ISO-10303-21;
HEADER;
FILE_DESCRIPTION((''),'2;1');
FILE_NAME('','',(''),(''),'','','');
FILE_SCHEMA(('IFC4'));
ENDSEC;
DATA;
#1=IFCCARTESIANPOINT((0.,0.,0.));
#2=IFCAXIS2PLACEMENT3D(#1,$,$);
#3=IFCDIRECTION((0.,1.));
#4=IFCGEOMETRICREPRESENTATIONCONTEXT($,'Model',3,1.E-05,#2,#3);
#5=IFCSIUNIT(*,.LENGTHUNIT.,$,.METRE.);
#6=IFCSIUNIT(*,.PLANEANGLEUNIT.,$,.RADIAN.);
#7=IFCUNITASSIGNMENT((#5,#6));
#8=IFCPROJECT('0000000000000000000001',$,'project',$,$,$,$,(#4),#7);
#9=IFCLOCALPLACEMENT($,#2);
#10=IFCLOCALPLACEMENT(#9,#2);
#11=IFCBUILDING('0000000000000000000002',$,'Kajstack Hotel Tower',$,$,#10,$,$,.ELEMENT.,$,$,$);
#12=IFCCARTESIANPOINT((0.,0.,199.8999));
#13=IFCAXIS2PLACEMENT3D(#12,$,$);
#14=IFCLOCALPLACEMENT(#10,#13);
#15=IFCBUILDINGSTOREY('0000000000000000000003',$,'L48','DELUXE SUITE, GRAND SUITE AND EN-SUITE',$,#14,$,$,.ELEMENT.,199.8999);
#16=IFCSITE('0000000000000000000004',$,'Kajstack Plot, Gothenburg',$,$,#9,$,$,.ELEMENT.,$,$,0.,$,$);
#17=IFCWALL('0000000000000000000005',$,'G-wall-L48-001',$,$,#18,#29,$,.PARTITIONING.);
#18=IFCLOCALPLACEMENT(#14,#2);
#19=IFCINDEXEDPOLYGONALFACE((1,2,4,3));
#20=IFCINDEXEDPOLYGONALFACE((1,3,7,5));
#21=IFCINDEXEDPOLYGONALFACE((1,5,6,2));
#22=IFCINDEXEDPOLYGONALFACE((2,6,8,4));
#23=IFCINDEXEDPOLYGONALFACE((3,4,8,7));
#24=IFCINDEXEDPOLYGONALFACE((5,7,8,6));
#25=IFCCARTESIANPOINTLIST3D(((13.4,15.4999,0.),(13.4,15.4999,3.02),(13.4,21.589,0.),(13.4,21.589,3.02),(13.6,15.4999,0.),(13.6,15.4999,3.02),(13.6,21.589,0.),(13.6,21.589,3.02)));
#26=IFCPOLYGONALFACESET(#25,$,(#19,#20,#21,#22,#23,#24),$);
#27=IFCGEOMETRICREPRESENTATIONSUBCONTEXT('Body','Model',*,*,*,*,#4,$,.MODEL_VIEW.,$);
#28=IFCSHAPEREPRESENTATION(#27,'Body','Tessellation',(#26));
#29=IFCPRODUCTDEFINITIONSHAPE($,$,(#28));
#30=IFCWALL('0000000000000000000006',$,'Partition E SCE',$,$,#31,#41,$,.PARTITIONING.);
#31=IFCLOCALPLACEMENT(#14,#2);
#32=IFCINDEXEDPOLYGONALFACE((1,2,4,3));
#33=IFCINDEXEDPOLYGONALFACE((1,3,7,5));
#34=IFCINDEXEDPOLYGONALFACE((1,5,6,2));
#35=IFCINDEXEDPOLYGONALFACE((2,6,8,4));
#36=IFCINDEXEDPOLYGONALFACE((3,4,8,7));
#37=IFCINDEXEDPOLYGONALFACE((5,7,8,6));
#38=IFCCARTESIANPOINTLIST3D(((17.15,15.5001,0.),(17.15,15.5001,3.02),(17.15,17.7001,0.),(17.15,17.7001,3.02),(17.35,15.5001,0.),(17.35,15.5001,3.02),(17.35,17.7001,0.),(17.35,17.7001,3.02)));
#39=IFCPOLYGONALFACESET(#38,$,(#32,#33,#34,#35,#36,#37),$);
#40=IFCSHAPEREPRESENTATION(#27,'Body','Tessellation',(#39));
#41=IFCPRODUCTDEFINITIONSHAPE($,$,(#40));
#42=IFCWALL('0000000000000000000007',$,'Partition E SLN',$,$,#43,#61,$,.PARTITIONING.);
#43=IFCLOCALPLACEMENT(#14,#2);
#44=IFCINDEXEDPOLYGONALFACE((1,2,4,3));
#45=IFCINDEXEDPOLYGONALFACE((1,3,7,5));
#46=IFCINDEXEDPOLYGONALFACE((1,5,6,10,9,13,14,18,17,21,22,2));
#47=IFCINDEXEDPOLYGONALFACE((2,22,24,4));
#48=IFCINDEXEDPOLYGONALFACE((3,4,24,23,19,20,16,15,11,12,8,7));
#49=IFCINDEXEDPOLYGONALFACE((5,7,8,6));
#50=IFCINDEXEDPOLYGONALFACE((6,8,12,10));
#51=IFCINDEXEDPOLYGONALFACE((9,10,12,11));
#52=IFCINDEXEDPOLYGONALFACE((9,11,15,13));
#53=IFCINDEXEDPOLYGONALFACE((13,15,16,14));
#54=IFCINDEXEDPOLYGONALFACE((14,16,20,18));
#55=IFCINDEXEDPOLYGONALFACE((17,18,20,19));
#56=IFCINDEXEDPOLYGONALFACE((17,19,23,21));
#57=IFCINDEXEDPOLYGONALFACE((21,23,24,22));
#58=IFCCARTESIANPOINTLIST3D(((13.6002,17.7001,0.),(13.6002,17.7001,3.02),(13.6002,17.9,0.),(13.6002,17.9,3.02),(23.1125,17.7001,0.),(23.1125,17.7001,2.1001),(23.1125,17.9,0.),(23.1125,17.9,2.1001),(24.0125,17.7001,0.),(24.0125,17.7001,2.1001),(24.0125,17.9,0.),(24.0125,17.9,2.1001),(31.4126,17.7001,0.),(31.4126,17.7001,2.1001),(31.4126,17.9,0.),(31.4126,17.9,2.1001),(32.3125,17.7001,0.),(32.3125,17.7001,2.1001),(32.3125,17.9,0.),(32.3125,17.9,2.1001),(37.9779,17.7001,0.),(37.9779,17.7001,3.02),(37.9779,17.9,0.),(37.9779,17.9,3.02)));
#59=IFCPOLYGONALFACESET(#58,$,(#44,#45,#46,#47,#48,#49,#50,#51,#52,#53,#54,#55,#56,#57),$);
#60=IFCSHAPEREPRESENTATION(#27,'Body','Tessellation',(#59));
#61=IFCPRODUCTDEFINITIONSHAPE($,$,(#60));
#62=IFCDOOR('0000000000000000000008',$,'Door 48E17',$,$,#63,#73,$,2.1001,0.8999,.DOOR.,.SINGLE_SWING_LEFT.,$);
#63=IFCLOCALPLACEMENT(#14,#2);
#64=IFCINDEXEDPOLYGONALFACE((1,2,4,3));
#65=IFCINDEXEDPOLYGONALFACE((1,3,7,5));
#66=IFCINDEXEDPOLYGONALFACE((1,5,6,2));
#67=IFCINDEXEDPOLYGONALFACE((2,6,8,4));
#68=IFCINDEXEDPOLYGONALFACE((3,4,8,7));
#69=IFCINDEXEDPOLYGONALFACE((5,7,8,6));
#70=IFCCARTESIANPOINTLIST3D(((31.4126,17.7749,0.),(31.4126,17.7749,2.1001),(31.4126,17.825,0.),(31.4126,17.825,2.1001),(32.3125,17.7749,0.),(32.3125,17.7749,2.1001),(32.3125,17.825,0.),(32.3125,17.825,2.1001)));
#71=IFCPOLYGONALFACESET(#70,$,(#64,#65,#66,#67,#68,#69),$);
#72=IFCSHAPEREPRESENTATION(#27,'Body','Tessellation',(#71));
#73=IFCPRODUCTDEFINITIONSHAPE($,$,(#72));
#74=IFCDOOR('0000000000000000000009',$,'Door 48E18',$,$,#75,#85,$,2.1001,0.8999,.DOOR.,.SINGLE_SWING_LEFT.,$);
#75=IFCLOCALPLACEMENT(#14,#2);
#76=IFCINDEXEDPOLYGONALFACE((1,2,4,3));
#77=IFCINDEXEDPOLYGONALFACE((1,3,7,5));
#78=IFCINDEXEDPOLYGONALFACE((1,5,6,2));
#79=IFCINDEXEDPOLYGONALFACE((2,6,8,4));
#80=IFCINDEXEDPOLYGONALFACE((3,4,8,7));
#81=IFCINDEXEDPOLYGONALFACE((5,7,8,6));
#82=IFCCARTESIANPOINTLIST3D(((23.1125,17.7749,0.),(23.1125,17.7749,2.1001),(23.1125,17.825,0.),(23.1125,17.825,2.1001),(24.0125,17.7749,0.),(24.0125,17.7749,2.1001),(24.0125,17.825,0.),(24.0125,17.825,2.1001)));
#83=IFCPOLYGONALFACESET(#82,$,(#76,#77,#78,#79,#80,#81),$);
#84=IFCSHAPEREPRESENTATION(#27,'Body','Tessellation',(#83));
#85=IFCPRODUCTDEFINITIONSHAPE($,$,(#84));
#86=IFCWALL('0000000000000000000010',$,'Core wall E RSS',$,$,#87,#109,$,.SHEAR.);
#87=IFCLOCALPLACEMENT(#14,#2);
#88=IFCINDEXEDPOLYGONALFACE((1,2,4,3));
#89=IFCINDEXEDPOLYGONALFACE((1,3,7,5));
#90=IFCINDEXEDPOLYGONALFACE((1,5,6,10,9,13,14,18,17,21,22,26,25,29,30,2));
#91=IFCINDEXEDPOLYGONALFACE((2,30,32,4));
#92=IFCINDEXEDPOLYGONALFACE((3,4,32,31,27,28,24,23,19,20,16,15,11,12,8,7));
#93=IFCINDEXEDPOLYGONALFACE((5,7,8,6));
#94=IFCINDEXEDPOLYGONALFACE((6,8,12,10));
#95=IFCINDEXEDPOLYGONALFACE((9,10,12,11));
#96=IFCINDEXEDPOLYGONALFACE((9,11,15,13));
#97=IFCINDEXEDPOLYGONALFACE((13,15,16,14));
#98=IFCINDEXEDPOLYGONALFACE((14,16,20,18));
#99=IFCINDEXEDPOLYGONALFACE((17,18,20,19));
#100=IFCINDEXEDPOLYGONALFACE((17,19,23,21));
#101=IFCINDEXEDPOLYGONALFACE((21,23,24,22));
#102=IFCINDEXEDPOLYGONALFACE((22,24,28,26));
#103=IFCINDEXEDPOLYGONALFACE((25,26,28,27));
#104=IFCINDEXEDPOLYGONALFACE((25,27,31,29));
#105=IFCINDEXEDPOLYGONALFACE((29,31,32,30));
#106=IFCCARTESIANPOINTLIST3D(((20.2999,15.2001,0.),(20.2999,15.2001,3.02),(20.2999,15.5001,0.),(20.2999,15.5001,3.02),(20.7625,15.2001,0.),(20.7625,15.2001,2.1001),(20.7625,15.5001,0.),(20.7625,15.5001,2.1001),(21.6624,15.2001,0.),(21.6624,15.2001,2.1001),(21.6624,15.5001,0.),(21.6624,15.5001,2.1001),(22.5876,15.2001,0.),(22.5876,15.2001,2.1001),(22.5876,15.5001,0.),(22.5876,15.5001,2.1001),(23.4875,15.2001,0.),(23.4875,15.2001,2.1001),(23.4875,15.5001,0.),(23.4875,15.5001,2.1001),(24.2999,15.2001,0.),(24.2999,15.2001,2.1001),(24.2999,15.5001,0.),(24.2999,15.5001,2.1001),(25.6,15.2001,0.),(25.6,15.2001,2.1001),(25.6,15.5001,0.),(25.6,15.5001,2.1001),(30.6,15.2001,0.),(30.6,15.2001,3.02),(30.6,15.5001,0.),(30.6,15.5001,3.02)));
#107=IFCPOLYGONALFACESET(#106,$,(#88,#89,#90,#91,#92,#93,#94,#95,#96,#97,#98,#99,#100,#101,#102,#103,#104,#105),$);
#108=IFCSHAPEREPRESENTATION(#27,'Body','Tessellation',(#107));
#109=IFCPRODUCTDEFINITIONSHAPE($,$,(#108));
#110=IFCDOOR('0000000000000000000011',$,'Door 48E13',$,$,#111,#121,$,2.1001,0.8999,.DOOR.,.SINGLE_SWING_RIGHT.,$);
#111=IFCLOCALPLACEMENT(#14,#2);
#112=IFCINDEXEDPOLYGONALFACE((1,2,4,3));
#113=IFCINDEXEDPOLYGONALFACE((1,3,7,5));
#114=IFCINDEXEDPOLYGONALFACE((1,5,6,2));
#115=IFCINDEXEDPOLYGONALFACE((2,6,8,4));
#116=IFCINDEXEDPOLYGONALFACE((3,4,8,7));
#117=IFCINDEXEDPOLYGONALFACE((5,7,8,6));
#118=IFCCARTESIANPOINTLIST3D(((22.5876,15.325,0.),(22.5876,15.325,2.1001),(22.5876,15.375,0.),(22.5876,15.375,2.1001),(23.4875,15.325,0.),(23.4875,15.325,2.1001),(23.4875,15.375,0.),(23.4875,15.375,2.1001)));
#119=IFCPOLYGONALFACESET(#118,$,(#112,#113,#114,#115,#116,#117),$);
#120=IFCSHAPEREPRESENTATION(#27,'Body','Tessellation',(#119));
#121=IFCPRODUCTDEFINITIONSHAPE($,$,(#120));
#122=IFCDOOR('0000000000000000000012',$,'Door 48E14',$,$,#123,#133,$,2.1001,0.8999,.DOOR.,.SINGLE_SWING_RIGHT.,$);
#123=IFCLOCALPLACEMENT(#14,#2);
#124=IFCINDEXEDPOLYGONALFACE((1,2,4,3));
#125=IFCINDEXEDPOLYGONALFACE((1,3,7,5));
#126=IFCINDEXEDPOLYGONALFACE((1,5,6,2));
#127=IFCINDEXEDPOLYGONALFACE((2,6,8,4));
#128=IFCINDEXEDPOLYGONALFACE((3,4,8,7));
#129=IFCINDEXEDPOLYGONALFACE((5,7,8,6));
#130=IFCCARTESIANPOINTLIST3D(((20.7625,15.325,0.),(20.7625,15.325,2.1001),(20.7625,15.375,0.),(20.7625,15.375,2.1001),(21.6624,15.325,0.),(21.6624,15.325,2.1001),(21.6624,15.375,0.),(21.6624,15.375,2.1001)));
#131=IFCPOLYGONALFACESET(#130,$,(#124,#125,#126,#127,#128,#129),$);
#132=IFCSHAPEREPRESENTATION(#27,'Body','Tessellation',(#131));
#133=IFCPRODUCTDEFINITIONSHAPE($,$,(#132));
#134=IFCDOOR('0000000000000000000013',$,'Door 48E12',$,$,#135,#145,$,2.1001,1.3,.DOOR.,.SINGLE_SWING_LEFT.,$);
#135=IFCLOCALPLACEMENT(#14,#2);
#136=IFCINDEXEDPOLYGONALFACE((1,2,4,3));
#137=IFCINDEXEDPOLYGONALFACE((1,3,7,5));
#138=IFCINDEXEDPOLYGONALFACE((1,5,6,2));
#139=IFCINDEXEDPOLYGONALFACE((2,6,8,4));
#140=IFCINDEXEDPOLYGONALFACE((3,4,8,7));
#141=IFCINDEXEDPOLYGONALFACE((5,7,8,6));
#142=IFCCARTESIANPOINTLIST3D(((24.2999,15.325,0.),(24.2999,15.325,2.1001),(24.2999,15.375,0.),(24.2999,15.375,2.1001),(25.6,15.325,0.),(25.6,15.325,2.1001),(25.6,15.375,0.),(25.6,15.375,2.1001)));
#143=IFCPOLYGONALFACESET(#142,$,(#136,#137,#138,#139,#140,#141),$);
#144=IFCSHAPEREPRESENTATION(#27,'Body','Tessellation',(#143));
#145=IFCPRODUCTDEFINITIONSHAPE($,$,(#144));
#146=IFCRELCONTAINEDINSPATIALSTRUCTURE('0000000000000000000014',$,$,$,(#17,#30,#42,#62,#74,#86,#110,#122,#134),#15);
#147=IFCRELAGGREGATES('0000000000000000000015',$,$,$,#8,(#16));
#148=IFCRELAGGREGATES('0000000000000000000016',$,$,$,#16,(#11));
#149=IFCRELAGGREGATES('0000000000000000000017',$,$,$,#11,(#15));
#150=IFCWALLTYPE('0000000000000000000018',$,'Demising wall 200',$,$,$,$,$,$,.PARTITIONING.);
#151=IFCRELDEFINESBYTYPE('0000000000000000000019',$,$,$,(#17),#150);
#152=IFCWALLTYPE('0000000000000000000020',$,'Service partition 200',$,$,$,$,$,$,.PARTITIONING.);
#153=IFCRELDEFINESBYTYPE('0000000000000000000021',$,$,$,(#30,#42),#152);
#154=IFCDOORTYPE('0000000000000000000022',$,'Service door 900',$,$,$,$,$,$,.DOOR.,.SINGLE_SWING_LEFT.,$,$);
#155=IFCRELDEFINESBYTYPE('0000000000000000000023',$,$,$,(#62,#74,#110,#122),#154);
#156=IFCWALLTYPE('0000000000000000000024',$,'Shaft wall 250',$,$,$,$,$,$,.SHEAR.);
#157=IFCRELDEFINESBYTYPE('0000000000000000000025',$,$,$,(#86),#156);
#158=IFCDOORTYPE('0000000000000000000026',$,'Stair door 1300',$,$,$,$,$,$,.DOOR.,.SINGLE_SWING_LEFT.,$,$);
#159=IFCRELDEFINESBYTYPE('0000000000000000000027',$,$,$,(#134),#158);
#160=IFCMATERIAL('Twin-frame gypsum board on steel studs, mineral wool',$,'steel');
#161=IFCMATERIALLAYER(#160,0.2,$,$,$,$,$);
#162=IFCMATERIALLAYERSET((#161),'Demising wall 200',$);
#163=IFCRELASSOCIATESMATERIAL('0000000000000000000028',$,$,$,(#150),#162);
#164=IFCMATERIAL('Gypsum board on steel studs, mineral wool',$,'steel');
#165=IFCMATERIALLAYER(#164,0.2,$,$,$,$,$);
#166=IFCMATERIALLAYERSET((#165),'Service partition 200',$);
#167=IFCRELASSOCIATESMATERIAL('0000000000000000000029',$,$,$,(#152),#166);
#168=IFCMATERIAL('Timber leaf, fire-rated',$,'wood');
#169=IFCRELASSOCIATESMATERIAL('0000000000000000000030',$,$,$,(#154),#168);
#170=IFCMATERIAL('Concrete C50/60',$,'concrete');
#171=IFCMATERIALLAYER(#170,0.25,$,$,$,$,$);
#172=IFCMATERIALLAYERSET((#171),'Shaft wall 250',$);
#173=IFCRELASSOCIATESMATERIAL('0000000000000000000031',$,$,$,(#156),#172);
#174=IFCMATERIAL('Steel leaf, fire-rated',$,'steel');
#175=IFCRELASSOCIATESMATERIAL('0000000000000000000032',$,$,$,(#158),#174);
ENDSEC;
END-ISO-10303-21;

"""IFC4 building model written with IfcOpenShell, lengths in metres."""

from ifc_helpers import new_model, si_unit, direction, frame, frame_2d, origin, place, context, subcontext, project, spatial, rectangle, extrude, material, layer, layer_set, type_object, element, fill, save


model = new_model("IFC4")

# Units and contexts
model_context = context("Model", 3, precision=1e-05, world=origin(), true_north=direction((0.0, 1.0)))
body_context = subcontext(model_context, "Body", "Model", "MODEL_VIEW")
ifc_project = project(units=[si_unit("LENGTHUNIT", "METRE"), si_unit("PLANEANGLEUNIT", "RADIAN")], contexts=[model_context])

# Site, building, storey
site_placement = place(None, origin())
site = spatial("IfcSite", under=ifc_project, at=site_placement, Name="Kajstack Plot, Gothenburg", CompositionType="ELEMENT", RefElevation=0.0)
building_placement = place(site_placement, origin())
building = spatial("IfcBuilding", under=site, at=building_placement, Name="Kajstack Hotel Tower", CompositionType="ELEMENT")
storey_placement = place(building_placement, frame((0.0, 0.0, 199.8999)))
storey = spatial("IfcBuildingStorey", under=building, at=storey_placement, Name="L48", Description="DELUXE SUITE, GRAND SUITE AND EN-SUITE", CompositionType="ELEMENT", Elevation=199.8999)

# Wall
ifc_material_1 = material(Name="Twin-frame gypsum board on steel studs, mineral wool", Category="steel")
ifc_layer_1 = layer(ifc_material_1, 0.2)
ifc_layer_set_1 = layer_set([ifc_layer_1], Name="Demising wall 200")
wall_type_1 = type_object("IfcWallType", Name="Demising wall 200", PredefinedType="PARTITIONING", material=ifc_layer_set_1)
wall_1_placement = place(storey_placement, frame((13.5, 15.5, 0.0), z_axis=(0.0, 0.0, 1.0), x_axis=(0.0, 1.0, 0.0)))
element("IfcWall", 1, at=wall_1_placement, inside=storey, type_object=wall_type_1, Name="G-wall-L48-001", PredefinedType="PARTITIONING", context=body_context, shape_type="SweptSolid", body=[
    extrude(rectangle(XDim=6.0891, YDim=0.2, at=frame_2d((3.0444, 0.0))), origin(), (0.0, 0.0, 1.0), 3.02),
])

# Wall
ifc_material_2 = material(Name="Gypsum board on steel studs, mineral wool", Category="steel")
ifc_layer_2 = layer(ifc_material_2, 0.2)
ifc_layer_set_2 = layer_set([ifc_layer_2], Name="Service partition 200")
wall_type_2 = type_object("IfcWallType", Name="Service partition 200", PredefinedType="PARTITIONING", material=ifc_layer_set_2)
wall_2_placement = place(storey_placement, frame((17.25, 15.5, 0.0), z_axis=(0.0, 0.0, 1.0), x_axis=(0.0, 1.0, 0.0)))
element("IfcWall", 2, at=wall_2_placement, inside=storey, type_object=wall_type_2, Name="Partition E SCE", PredefinedType="PARTITIONING", context=body_context, shape_type="SweptSolid", body=[
    extrude(rectangle(XDim=2.2, YDim=0.2, at=frame_2d((1.1001, 0.0))), origin(), (0.0, 0.0, 1.0), 3.02),
])

# Walls, openings, doors
wall_3_placement = place(storey_placement, frame((13.6001, 17.8, 0.0), z_axis=(0.0, 0.0, 1.0), x_axis=(1.0, 0.0, 0.0)))
wall_3 = element("IfcWall", 3, at=wall_3_placement, inside=storey, type_object=wall_type_2, Name="Partition E SLN", PredefinedType="PARTITIONING", context=body_context, shape_type="SweptSolid", body=[
    extrude(rectangle(XDim=24.3777, YDim=0.2, at=frame_2d((12.189, 0.0))), origin(), (0.0, 0.0, 1.0), 3.02),
])
opening_1_placement = place(wall_3_placement, frame((17.8125, 0.0, 0.0)))
opening_1 = element("IfcOpeningElement", 4, at=opening_1_placement, cuts=wall_3, PredefinedType="OPENING", context=body_context, shape_type="SweptSolid", body=[
    extrude(rectangle(XDim=0.8999, YDim=2.1001, at=frame_2d((0.45, 1.05))), frame((0.0, 0.1099, 0.0), z_axis=(0.0, -1.0, 0.0), x_axis=(1.0, 0.0, 0.0)), (0.0, 0.0, 1.0), 0.22),
])
opening_2_placement = place(wall_3_placement, frame((9.5125, 0.0, 0.0)))
opening_2 = element("IfcOpeningElement", 5, at=opening_2_placement, cuts=wall_3, PredefinedType="OPENING", context=body_context, shape_type="SweptSolid", body=[
    extrude(rectangle(XDim=0.8999, YDim=2.1001, at=frame_2d((0.45, 1.05))), frame((0.0, 0.1099, 0.0), z_axis=(0.0, -1.0, 0.0), x_axis=(1.0, 0.0, 0.0)), (0.0, 0.0, 1.0), 0.22),
])
ifc_material_3 = material(Name="Timber leaf, fire-rated", Category="wood")
door_type_1 = type_object("IfcDoorType", Name="Service door 900", OperationType="SINGLE_SWING_LEFT", PredefinedType="DOOR", material=ifc_material_3)
door_1_placement = place(opening_1_placement, origin())
door_1 = element("IfcDoor", 6, at=door_1_placement, inside=storey, type_object=door_type_1, Name="Door 48E17", OperationType="SINGLE_SWING_LEFT", OverallHeight=2.1001, OverallWidth=0.8999, PredefinedType="DOOR", context=body_context, shape_type="SweptSolid", body=[
    extrude(rectangle(XDim=0.8999, YDim=2.1001, at=frame_2d((0.45, 1.05))), frame((0.0, 0.0249, 0.0), z_axis=(0.0, -1.0, 0.0), x_axis=(1.0, 0.0, 0.0)), (0.0, 0.0, 1.0), 0.05),
])
fill(opening_1, door_1)
door_2_placement = place(opening_2_placement, origin())
door_2 = element("IfcDoor", 7, at=door_2_placement, inside=storey, type_object=door_type_1, Name="Door 48E18", OperationType="SINGLE_SWING_LEFT", OverallHeight=2.1001, OverallWidth=0.8999, PredefinedType="DOOR", context=body_context, shape_type="SweptSolid", body=[
    extrude(rectangle(XDim=0.8999, YDim=2.1001, at=frame_2d((0.45, 1.05))), frame((0.0, 0.0249, 0.0), z_axis=(0.0, -1.0, 0.0), x_axis=(1.0, 0.0, 0.0)), (0.0, 0.0, 1.0), 0.05),
])
fill(opening_2, door_2)
ifc_material_4 = material(Name="Concrete C50/60", Category="concrete")
ifc_layer_3 = layer(ifc_material_4, 0.25)
ifc_layer_set_3 = layer_set([ifc_layer_3], Name="Shaft wall 250")
wall_type_3 = type_object("IfcWallType", Name="Shaft wall 250", PredefinedType="SHEAR", material=ifc_layer_set_3)
wall_4_placement = place(storey_placement, frame((20.3, 15.3501, 0.0), z_axis=(0.0, 0.0, 1.0), x_axis=(1.0, 0.0, 0.0)))
wall_4 = element("IfcWall", 8, at=wall_4_placement, inside=storey, type_object=wall_type_3, Name="Core wall E RSS", PredefinedType="SHEAR", context=body_context, shape_type="SweptSolid", body=[
    extrude(rectangle(XDim=10.3, YDim=0.3, at=frame_2d((5.1499, 0.0))), origin(), (0.0, 0.0, 1.0), 3.02),
])
opening_3_placement = place(wall_4_placement, frame((4.0, 0.0, 0.0)))
opening_3 = element("IfcOpeningElement", 9, at=opening_3_placement, cuts=wall_4, PredefinedType="OPENING", context=body_context, shape_type="SweptSolid", body=[
    extrude(rectangle(XDim=1.3, YDim=2.1001, at=frame_2d((0.6499, 1.05))), frame((0.0, 0.1599, 0.0), z_axis=(0.0, -1.0, 0.0), x_axis=(1.0, 0.0, 0.0)), (0.0, 0.0, 1.0), 0.3201),
])
opening_4_placement = place(wall_4_placement, frame((2.2876, 0.0, 0.0)))
opening_4 = element("IfcOpeningElement", 10, at=opening_4_placement, cuts=wall_4, PredefinedType="OPENING", context=body_context, shape_type="SweptSolid", body=[
    extrude(rectangle(XDim=0.8999, YDim=2.1001, at=frame_2d((0.45, 1.05))), frame((0.0, 0.1599, 0.0), z_axis=(0.0, -1.0, 0.0), x_axis=(1.0, 0.0, 0.0)), (0.0, 0.0, 1.0), 0.3201),
])
opening_5_placement = place(wall_4_placement, frame((0.4624, 0.0, 0.0)))
opening_5 = element("IfcOpeningElement", 11, at=opening_5_placement, cuts=wall_4, PredefinedType="OPENING", context=body_context, shape_type="SweptSolid", body=[
    extrude(rectangle(XDim=0.8999, YDim=2.1001, at=frame_2d((0.45, 1.05))), frame((0.0, 0.1599, 0.0), z_axis=(0.0, -1.0, 0.0), x_axis=(1.0, 0.0, 0.0)), (0.0, 0.0, 1.0), 0.3201),
])
door_3_placement = place(opening_4_placement, origin())
door_3 = element("IfcDoor", 12, at=door_3_placement, inside=storey, type_object=door_type_1, Name="Door 48E13", OperationType="SINGLE_SWING_RIGHT", OverallHeight=2.1001, OverallWidth=0.8999, PredefinedType="DOOR", context=body_context, shape_type="SweptSolid", body=[
    extrude(rectangle(XDim=0.8999, YDim=2.1001, at=frame_2d((0.45, 1.05))), frame((0.0, 0.0249, 0.0), z_axis=(0.0, -1.0, 0.0), x_axis=(1.0, 0.0, 0.0)), (0.0, 0.0, 1.0), 0.05),
])
fill(opening_4, door_3)
door_4_placement = place(opening_5_placement, origin())
door_4 = element("IfcDoor", 13, at=door_4_placement, inside=storey, type_object=door_type_1, Name="Door 48E14", OperationType="SINGLE_SWING_RIGHT", OverallHeight=2.1001, OverallWidth=0.8999, PredefinedType="DOOR", context=body_context, shape_type="SweptSolid", body=[
    extrude(rectangle(XDim=0.8999, YDim=2.1001, at=frame_2d((0.45, 1.05))), frame((0.0, 0.0249, 0.0), z_axis=(0.0, -1.0, 0.0), x_axis=(1.0, 0.0, 0.0)), (0.0, 0.0, 1.0), 0.05),
])
fill(opening_5, door_4)
ifc_material_5 = material(Name="Steel leaf, fire-rated", Category="steel")
door_type_2 = type_object("IfcDoorType", Name="Stair door 1300", OperationType="SINGLE_SWING_LEFT", PredefinedType="DOOR", material=ifc_material_5)
door_5_placement = place(opening_3_placement, origin())
door_5 = element("IfcDoor", 14, at=door_5_placement, inside=storey, type_object=door_type_2, Name="Door 48E12", OperationType="SINGLE_SWING_LEFT", OverallHeight=2.1001, OverallWidth=1.3, PredefinedType="DOOR", context=body_context, shape_type="SweptSolid", body=[
    extrude(rectangle(XDim=1.3, YDim=2.1001, at=frame_2d((0.6499, 1.05))), frame((0.0, 0.0249, 0.0), z_axis=(0.0, -1.0, 0.0), x_axis=(1.0, 0.0, 0.0)), (0.0, 0.0, 1.0), 0.05),
])
fill(opening_3, door_5)

save(model, "model.ifc")
